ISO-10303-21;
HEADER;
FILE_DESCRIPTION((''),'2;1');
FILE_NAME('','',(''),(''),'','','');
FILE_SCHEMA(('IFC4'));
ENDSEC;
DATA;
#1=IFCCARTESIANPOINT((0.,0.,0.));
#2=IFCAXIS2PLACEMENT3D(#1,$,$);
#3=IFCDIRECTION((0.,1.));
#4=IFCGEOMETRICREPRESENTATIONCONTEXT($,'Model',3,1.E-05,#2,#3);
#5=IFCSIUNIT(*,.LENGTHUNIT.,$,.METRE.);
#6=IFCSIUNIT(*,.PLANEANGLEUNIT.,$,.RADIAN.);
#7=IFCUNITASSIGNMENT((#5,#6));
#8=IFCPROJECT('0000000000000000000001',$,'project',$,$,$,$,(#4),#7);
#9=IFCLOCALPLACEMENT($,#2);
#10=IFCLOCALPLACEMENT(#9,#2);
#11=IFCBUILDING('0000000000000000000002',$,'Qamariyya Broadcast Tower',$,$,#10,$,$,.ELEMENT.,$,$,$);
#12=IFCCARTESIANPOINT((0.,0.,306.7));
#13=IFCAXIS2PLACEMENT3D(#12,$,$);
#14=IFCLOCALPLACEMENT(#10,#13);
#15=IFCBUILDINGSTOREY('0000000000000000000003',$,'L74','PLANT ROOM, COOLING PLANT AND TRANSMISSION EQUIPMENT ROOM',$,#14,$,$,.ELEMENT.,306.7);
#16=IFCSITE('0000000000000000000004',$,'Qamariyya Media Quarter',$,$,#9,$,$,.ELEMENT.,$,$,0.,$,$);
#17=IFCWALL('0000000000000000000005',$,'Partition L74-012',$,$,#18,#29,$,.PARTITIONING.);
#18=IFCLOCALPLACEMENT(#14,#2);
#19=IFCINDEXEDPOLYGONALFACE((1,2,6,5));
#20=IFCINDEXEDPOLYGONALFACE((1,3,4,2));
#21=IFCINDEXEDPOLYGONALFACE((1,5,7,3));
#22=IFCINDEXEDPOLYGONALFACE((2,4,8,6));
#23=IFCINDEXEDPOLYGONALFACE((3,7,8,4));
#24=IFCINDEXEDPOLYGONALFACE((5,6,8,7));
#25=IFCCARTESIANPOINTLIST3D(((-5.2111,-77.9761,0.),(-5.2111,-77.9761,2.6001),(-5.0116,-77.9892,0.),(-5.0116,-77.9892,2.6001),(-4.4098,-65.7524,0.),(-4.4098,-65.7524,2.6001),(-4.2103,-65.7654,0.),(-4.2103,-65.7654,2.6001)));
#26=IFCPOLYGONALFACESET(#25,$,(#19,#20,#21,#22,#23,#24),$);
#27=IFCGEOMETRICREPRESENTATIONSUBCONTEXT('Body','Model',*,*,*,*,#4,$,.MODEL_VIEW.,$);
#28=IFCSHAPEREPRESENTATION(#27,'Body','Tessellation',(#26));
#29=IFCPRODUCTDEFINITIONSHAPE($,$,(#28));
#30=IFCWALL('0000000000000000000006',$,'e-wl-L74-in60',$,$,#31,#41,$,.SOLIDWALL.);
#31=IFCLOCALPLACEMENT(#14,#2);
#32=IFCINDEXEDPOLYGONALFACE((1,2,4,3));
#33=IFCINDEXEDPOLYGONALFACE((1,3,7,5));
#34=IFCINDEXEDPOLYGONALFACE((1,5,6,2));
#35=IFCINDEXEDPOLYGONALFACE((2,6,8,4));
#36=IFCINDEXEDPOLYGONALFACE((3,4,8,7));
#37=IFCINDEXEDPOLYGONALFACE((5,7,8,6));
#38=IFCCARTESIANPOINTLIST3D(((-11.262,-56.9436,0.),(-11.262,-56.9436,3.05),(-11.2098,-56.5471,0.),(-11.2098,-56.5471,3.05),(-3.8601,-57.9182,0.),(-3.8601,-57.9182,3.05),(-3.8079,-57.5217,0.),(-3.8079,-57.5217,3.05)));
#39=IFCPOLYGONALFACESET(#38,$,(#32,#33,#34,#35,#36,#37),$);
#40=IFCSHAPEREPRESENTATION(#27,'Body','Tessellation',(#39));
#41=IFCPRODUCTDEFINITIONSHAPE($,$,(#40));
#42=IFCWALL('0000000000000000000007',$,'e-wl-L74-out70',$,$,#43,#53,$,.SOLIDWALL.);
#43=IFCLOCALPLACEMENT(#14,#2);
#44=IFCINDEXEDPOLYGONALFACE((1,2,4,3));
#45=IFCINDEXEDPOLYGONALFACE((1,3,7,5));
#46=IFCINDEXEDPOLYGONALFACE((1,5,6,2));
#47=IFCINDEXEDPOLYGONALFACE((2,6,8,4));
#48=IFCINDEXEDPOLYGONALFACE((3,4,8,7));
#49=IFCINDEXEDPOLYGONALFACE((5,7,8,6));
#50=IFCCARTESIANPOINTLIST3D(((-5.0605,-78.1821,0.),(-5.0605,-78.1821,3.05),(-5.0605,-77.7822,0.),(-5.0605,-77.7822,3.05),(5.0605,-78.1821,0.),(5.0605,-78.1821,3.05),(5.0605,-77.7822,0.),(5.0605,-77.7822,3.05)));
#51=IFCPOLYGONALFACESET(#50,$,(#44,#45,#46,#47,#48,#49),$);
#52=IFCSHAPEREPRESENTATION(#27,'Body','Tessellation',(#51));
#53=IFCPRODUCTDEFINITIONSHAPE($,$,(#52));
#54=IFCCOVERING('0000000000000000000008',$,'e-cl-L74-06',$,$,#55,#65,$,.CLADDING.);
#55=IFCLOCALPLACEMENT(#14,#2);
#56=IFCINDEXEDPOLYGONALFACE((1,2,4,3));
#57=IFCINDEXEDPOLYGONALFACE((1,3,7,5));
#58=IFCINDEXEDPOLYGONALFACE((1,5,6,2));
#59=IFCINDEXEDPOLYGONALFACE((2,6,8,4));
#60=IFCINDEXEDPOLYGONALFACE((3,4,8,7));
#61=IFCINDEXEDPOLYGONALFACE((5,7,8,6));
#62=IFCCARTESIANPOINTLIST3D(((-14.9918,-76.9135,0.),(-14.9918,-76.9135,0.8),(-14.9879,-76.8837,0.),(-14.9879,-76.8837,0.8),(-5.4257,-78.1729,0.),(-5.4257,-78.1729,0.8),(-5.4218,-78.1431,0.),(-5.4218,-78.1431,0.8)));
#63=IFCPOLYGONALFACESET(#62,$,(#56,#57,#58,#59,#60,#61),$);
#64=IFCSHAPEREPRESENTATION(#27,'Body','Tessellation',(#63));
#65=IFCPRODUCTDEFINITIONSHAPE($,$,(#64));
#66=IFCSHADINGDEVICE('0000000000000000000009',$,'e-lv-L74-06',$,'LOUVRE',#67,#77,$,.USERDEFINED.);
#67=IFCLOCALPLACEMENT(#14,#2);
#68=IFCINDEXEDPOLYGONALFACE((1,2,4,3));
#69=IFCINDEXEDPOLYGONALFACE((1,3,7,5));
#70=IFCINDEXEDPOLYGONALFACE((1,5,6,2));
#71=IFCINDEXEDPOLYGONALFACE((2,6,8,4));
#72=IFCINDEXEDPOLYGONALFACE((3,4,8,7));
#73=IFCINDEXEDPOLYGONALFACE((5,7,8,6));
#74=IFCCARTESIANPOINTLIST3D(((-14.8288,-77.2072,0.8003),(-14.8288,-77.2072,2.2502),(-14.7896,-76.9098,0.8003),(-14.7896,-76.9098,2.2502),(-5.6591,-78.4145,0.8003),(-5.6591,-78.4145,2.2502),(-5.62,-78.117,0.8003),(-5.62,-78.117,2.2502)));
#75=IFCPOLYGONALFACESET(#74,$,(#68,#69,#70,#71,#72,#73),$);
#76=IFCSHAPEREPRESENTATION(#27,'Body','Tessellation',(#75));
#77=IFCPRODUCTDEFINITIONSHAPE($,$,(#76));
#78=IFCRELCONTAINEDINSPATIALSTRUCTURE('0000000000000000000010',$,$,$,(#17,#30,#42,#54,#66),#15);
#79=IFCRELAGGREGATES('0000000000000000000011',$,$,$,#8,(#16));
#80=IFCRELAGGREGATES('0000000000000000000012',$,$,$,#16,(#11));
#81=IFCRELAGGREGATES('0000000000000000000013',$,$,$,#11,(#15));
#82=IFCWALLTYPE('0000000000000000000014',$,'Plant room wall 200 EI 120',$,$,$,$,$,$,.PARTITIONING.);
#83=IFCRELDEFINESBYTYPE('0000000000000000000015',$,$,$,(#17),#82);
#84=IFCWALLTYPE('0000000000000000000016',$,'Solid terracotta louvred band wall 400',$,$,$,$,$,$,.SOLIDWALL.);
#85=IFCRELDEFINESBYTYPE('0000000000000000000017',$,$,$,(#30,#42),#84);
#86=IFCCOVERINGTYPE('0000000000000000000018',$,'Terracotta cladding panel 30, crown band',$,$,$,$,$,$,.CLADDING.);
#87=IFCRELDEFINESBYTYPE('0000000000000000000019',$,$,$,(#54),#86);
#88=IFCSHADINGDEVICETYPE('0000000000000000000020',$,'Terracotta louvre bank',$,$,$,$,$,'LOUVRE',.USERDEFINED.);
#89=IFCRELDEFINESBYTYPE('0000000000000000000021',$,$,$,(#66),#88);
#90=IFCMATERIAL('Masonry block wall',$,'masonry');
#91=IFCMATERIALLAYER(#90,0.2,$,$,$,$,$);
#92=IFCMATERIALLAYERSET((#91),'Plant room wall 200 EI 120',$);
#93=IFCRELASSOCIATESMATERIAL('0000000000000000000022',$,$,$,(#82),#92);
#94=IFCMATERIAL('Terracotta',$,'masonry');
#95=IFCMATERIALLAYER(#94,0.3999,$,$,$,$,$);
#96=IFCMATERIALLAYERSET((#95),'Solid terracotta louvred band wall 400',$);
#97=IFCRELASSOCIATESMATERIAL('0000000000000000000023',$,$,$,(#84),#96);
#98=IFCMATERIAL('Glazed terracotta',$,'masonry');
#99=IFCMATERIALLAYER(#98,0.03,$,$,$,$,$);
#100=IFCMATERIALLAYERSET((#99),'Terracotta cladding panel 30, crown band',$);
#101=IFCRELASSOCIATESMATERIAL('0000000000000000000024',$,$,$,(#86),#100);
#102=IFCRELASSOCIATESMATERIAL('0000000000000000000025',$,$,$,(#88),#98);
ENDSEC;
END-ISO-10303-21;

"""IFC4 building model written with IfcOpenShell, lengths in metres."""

from ifc_helpers import new_model, si_unit, direction, frame, frame_2d, origin, origin_2d, place, context, subcontext, project, spatial, rectangle, extrude, material, layer, layer_set, type_object, element, save


model = new_model("IFC4")

# Units and contexts
model_context = context("Model", 3, precision=1e-05, world=origin(), true_north=direction((0.0, 1.0)))
body_context = subcontext(model_context, "Body", "Model", "MODEL_VIEW")
ifc_project = project(units=[si_unit("LENGTHUNIT", "METRE"), si_unit("PLANEANGLEUNIT", "RADIAN")], contexts=[model_context])

# Site, building, storey
site_placement = place(None, origin())
site = spatial("IfcSite", under=ifc_project, at=site_placement, Name="Qamariyya Media Quarter", CompositionType="ELEMENT", RefElevation=0.0)
building_placement = place(site_placement, origin())
building = spatial("IfcBuilding", under=site, at=building_placement, Name="Qamariyya Broadcast Tower", CompositionType="ELEMENT")
storey_placement = place(building_placement, frame((0.0, 0.0, 306.7)))
storey = spatial("IfcBuildingStorey", under=building, at=storey_placement, Name="L74", Description="PLANT ROOM, COOLING PLANT AND TRANSMISSION EQUIPMENT ROOM", CompositionType="ELEMENT", Elevation=306.7)

# Shared definitions
ifc_material_1 = material(Name="Masonry block wall", Category="masonry")
ifc_layer_1 = layer(ifc_material_1, 0.2)
ifc_layer_set_1 = layer_set([ifc_layer_1], Name="Plant room wall 200 EI 120")
wall_type_1 = type_object("IfcWallType", Name="Plant room wall 200 EI 120", PredefinedType="PARTITIONING", material=ifc_layer_set_1)

# Walls
wall_1_placement = place(storey_placement, frame((-5.1113, -77.9827, 0.0), z_axis=(0.0, 0.0, 1.0), x_axis=(0.065409, 0.997859, 0.0)))
element("IfcWall", 1, at=wall_1_placement, inside=storey, type_object=wall_type_1, Name="Partition L74-012", PredefinedType="PARTITIONING", context=body_context, shape_type="SweptSolid", body=[
    extrude(rectangle(XDim=12.25, YDim=0.2, at=frame_2d((6.125, 0.0))), origin(), (0.0, 0.0, 1.0), 2.6001),
])
ifc_material_2 = material(Name="Terracotta", Category="masonry")
ifc_layer_2 = layer(ifc_material_2, 0.3999)
ifc_layer_set_2 = layer_set([ifc_layer_2], Name="Solid terracotta louvred band wall 400")
wall_type_2 = type_object("IfcWallType", Name="Solid terracotta louvred band wall 400", PredefinedType="SOLIDWALL", material=ifc_layer_set_2)
wall_2_placement = place(storey_placement, frame((-3.834, -57.72, 0.0), z_axis=(0.0, 0.0, 1.0), x_axis=(-0.991442, 0.130544, 0.0)))
element("IfcWall", 2, at=wall_2_placement, inside=storey, type_object=wall_type_2, Name="e-wl-L74-in60", PredefinedType="SOLIDWALL", context=body_context, shape_type="SweptSolid", body=[
    extrude(rectangle(XDim=7.4658, YDim=0.3999, at=frame_2d((3.7329, 0.0))), origin(), (0.0, 0.0, 1.0), 3.05),
])
wall_3_placement = place(storey_placement, frame((-5.0605, -77.9822, 0.0), z_axis=(0.0, 0.0, 1.0), x_axis=(1.0, 0.0, 0.0)))
element("IfcWall", 3, at=wall_3_placement, inside=storey, type_object=wall_type_2, Name="e-wl-L74-out70", PredefinedType="SOLIDWALL", context=body_context, shape_type="SweptSolid", body=[
    extrude(rectangle(XDim=10.1211, YDim=0.3999, at=frame_2d((5.0605, 0.0))), origin(), (0.0, 0.0, 1.0), 3.05),
])

# Covering
ifc_material_3 = material(Name="Glazed terracotta", Category="masonry")
ifc_layer_3 = layer(ifc_material_3, 0.03)
ifc_layer_set_3 = layer_set([ifc_layer_3], Name="Terracotta cladding panel 30, crown band")
covering_type = type_object("IfcCoveringType", Name="Terracotta cladding panel 30, crown band", PredefinedType="CLADDING", material=ifc_layer_set_3)
covering_placement = place(storey_placement, frame((-10.2068, -77.5283, 0.0), z_axis=(0.0, 0.0, 1.0), x_axis=(0.991445, -0.130526, 0.0)))
element("IfcCovering", 4, at=covering_placement, inside=storey, type_object=covering_type, Name="e-cl-L74-06", PredefinedType="CLADDING", context=body_context, shape_type="SweptSolid", body=[
    extrude(rectangle(XDim=9.6487, YDim=0.03, at=origin_2d()), origin(), (0.0, 0.0, 1.0), 0.8),
])

# Shading device
shading_device_type = type_object("IfcShadingDeviceType", Name="Terracotta louvre bank", ElementType="LOUVRE", PredefinedType="USERDEFINED", material=ifc_material_3)
shading_device_placement = place(storey_placement, frame((-10.2244, -77.6621, 0.8003), z_axis=(0.0, 0.0, 1.0), x_axis=(0.991445, -0.130526, 0.0)))
element("IfcShadingDevice", 5, at=shading_device_placement, inside=storey, type_object=shading_device_type, Name="e-lv-L74-06", ObjectType="LOUVRE", PredefinedType="USERDEFINED", context=body_context, shape_type="SweptSolid", body=[
    extrude(rectangle(XDim=9.2488, YDim=0.3, at=origin_2d()), origin(), (0.0, 0.0, 1.0), 1.45),
])

save(model, "model.ifc")
